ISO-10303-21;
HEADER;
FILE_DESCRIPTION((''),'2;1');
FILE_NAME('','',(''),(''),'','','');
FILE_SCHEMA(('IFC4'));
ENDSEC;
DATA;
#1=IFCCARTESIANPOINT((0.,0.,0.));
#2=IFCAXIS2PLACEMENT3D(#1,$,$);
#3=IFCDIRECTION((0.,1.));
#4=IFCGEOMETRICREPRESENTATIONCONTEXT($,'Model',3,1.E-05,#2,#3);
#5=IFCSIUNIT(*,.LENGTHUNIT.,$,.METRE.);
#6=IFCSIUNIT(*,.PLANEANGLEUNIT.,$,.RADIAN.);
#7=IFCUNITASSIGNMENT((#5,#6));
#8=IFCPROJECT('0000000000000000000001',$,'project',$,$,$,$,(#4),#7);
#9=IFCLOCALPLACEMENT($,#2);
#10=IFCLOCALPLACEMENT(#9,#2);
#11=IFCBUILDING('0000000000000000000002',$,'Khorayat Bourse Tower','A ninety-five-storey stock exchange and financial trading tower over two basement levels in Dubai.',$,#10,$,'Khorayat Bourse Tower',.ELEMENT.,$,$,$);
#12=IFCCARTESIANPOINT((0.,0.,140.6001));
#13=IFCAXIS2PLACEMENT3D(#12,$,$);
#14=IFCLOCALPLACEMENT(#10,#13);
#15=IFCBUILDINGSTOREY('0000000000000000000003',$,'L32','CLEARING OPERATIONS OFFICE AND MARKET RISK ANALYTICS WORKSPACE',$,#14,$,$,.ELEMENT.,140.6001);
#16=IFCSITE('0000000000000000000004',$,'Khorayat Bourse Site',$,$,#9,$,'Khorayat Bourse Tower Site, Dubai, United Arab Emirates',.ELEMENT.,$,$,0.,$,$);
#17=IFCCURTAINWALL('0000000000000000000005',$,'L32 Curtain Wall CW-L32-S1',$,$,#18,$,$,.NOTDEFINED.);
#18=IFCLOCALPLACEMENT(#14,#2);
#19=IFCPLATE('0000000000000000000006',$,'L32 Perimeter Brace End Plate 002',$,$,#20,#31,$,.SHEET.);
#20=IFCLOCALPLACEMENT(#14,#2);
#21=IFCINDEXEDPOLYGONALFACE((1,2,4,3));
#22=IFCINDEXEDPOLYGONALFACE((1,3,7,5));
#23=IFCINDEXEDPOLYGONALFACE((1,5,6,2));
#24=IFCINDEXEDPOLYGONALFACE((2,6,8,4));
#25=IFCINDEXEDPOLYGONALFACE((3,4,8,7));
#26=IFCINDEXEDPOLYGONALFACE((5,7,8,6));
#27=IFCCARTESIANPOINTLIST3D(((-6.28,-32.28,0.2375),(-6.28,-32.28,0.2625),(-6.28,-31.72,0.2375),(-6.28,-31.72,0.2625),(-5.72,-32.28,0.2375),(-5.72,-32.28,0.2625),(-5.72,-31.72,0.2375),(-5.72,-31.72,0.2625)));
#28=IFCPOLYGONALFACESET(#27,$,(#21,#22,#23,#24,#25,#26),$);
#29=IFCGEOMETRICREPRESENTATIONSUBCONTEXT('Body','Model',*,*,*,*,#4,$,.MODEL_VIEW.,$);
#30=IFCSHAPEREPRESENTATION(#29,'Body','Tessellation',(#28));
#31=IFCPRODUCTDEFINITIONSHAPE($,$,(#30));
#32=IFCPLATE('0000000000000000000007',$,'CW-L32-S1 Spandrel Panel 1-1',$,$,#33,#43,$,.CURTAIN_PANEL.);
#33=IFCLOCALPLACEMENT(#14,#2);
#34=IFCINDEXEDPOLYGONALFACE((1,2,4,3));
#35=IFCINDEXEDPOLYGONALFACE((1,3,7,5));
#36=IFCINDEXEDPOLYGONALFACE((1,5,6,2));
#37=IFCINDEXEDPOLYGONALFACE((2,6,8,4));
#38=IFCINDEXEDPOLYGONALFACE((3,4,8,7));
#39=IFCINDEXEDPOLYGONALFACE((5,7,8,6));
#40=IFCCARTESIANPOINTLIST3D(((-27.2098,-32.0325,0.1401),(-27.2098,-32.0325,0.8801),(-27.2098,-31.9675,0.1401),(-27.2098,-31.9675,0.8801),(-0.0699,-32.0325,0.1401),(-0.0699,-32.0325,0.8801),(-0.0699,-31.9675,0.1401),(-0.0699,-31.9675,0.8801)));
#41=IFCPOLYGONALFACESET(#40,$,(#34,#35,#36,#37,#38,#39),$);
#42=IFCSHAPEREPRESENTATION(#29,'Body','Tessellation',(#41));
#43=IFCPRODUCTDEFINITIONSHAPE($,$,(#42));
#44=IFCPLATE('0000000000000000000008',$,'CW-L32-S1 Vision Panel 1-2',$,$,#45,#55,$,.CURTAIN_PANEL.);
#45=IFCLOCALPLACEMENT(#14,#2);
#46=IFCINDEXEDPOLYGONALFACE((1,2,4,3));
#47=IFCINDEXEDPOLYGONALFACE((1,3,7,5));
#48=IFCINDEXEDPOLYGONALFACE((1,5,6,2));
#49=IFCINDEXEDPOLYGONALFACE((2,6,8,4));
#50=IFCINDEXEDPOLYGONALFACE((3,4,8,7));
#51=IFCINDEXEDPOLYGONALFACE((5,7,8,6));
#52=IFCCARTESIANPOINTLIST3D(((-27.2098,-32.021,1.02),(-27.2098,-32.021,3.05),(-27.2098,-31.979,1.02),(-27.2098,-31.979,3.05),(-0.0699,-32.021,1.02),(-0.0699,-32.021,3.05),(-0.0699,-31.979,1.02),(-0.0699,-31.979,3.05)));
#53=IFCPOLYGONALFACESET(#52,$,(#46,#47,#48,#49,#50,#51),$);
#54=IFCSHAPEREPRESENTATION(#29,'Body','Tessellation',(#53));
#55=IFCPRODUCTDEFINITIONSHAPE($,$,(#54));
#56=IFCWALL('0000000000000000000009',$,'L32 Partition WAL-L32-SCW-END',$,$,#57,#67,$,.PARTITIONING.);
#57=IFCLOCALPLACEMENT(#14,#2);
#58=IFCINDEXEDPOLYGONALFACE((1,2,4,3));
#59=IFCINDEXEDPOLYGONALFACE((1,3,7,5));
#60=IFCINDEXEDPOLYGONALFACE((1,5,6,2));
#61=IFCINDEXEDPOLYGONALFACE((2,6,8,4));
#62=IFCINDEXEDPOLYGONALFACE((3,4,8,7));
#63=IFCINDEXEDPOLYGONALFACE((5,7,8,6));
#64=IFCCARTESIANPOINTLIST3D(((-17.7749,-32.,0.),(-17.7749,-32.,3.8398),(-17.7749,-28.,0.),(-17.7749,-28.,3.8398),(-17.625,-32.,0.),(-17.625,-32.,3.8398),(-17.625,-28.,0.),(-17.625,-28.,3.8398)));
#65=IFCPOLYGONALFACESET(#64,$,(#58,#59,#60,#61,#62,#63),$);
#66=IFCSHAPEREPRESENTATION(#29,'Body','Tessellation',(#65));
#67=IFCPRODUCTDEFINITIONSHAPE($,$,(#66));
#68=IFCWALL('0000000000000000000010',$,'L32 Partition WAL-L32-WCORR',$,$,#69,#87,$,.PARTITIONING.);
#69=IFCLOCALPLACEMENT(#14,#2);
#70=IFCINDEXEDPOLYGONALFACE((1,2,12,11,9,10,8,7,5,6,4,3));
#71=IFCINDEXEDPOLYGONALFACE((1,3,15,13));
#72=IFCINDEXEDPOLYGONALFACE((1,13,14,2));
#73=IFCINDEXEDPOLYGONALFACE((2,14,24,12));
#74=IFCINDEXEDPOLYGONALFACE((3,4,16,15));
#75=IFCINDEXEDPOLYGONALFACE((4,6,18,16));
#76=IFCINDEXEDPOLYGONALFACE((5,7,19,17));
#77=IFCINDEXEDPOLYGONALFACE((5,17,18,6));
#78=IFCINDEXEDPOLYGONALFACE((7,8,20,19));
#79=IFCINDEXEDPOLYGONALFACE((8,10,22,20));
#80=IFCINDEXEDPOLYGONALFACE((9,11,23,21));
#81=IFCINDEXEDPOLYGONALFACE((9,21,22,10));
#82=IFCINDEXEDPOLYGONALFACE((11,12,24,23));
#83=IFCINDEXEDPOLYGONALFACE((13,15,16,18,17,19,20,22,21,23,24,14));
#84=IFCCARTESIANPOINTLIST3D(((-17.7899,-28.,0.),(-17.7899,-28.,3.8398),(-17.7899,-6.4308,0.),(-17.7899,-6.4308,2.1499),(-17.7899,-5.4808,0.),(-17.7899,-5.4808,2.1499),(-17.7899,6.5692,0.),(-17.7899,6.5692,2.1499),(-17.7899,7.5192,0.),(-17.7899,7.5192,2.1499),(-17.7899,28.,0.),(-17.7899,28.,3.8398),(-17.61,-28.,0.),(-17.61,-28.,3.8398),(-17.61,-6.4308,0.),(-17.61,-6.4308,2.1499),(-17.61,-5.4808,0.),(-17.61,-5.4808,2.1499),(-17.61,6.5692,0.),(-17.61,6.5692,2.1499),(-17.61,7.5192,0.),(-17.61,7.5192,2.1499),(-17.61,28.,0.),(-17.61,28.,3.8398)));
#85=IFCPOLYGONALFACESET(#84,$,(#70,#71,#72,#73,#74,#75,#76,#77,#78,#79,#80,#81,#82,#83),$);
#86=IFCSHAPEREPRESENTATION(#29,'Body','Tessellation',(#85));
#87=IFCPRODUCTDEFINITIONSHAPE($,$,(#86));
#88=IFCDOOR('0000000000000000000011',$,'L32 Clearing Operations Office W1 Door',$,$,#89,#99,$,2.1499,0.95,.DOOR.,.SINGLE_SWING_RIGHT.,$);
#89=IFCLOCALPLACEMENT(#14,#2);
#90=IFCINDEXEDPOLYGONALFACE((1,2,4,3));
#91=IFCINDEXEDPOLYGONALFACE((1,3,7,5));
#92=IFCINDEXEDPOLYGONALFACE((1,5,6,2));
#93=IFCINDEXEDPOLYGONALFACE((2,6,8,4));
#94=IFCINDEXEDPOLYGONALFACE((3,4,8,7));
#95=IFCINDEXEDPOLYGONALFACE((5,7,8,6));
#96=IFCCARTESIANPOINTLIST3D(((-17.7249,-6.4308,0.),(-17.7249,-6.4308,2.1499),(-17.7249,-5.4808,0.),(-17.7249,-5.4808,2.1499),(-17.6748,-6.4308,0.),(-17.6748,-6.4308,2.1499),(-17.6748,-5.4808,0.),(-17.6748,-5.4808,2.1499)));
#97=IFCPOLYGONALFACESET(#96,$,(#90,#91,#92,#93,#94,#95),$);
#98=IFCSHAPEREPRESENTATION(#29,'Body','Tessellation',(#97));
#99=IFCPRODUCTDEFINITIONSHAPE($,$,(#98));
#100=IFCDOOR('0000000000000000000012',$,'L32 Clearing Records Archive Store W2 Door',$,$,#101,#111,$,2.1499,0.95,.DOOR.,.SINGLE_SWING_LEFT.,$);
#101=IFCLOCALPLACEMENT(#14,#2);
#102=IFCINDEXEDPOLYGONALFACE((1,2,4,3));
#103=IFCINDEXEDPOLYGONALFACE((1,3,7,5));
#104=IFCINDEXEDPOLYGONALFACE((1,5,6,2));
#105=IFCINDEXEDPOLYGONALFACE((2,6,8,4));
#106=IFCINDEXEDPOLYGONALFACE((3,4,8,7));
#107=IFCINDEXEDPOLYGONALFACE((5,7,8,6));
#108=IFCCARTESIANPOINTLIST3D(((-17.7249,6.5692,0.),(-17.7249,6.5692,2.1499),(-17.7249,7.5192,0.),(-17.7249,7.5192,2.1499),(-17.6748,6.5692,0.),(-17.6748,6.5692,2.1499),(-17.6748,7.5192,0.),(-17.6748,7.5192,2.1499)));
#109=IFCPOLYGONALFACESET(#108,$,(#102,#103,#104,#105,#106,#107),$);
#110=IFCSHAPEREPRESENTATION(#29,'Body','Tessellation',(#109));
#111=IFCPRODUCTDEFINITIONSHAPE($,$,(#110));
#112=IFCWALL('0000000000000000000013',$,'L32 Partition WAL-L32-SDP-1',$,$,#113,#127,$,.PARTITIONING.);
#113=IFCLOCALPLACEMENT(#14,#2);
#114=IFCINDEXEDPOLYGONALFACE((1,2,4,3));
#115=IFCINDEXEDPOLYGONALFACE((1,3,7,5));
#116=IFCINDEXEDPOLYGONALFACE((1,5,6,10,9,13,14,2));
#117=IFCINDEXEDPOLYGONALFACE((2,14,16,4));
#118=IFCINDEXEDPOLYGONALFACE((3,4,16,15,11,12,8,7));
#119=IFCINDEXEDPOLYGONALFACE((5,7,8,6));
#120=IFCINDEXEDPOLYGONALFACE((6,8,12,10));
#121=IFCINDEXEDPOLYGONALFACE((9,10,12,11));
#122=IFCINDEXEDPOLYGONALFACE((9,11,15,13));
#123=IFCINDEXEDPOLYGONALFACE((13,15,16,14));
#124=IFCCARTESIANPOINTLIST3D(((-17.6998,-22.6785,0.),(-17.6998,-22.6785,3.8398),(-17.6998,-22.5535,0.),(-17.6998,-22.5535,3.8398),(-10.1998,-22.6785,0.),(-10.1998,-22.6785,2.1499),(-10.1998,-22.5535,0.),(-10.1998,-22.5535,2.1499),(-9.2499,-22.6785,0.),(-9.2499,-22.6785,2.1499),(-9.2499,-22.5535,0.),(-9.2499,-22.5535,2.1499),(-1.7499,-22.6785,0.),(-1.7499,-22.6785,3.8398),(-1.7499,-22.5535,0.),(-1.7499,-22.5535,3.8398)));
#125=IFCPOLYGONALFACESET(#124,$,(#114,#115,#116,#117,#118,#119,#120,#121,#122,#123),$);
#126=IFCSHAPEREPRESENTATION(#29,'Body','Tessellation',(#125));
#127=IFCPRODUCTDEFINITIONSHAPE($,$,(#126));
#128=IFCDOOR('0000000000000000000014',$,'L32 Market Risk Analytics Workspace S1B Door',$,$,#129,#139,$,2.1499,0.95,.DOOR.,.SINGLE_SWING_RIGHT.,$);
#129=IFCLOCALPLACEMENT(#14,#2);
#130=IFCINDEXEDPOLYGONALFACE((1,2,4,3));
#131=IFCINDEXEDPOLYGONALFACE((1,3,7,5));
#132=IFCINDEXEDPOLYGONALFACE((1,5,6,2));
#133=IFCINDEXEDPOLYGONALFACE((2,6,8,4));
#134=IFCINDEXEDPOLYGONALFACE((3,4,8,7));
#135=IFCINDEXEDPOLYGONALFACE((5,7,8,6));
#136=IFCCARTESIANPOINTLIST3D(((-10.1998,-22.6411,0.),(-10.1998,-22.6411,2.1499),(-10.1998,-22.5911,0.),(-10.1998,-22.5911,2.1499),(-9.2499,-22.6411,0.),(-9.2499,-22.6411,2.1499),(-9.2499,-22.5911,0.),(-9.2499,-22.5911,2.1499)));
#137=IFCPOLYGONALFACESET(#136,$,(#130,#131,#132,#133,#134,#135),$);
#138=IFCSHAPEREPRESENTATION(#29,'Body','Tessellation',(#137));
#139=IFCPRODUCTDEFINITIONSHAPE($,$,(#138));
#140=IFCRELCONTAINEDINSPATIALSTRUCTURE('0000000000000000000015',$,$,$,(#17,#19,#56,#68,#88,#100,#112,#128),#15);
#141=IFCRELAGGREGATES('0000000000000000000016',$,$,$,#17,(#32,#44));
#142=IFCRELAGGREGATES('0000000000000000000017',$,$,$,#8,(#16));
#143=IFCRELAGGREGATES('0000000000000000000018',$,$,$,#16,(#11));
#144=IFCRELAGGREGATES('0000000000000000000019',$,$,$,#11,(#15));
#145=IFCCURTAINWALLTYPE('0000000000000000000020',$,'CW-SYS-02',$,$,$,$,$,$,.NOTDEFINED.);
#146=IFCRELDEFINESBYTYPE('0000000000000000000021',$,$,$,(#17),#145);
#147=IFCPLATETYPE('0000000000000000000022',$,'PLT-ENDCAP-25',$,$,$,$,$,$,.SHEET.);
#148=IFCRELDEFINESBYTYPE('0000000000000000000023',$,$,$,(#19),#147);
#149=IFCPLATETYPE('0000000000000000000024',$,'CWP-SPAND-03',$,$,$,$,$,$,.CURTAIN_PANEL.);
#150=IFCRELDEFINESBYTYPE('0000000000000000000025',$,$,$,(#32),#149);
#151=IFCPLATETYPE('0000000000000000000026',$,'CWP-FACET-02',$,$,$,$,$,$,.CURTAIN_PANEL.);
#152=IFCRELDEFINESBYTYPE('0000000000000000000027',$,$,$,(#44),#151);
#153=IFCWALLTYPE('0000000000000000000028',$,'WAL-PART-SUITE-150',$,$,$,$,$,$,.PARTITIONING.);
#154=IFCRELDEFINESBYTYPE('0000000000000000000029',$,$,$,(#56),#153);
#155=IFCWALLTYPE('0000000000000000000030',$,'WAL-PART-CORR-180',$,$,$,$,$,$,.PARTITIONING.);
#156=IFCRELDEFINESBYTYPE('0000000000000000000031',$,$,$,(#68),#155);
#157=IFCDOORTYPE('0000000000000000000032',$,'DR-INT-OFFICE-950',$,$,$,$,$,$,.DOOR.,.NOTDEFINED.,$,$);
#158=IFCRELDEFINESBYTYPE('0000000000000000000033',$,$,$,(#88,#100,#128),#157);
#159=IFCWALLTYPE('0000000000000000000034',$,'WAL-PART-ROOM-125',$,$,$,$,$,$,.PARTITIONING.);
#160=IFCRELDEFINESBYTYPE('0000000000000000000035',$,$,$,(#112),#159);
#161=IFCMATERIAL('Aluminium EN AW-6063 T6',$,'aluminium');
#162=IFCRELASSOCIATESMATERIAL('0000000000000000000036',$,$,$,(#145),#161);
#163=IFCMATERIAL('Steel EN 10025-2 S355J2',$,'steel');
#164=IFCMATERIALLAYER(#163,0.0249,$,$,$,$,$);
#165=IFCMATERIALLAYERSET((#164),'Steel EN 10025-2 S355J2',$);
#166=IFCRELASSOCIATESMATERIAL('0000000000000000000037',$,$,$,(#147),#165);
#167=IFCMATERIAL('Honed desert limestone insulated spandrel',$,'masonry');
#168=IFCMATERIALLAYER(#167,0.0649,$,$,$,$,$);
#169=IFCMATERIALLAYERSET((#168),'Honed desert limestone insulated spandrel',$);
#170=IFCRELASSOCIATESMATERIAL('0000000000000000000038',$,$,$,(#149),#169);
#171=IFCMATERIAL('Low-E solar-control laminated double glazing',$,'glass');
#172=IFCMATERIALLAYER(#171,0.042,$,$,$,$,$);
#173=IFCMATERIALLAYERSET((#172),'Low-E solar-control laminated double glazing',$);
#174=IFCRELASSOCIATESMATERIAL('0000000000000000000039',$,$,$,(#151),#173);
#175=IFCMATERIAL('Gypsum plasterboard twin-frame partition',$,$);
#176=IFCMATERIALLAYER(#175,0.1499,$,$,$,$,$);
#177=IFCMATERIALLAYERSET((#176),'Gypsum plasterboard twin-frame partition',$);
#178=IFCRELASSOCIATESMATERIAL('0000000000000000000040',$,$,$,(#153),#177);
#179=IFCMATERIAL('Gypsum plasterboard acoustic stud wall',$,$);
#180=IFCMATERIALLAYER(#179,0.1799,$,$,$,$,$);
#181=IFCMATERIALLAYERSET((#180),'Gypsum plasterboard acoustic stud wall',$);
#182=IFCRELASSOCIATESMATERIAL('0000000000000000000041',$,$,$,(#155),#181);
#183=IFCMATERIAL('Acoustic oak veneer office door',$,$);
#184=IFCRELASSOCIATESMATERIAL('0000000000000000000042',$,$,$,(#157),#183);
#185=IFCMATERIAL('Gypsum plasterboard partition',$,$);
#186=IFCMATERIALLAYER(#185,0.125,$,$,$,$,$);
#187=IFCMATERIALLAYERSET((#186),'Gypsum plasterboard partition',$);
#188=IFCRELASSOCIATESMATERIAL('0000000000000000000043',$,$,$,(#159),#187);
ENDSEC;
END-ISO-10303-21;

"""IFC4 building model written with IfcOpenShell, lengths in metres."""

from ifc_helpers import new_model, si_unit, direction, frame, frame_2d, origin, origin_2d, place, context, subcontext, project, spatial, rectangle, extrude, source, transform, mapped, material, layer, layer_set, type_object, element, fill, aggregate, save


model = new_model("IFC4")

# Units and contexts
model_context = context("Model", 3, precision=1e-05, world=origin(), true_north=direction((0.0, 1.0)))
body_context = subcontext(model_context, "Body", "Model", "MODEL_VIEW")
ifc_project = project(units=[si_unit("LENGTHUNIT", "METRE"), si_unit("PLANEANGLEUNIT", "RADIAN")], contexts=[model_context])

# Site, building, storey
site_placement = place(None, origin())
site = spatial("IfcSite", under=ifc_project, at=site_placement, Name="Khorayat Bourse Site", LongName="Khorayat Bourse Tower Site, Dubai, United Arab Emirates", CompositionType="ELEMENT", RefElevation=0.0)
building_placement = place(site_placement, origin())
building = spatial("IfcBuilding", under=site, at=building_placement, Name="Khorayat Bourse Tower", Description="A ninety-five-storey stock exchange and financial trading tower over two basement levels in Dubai.", LongName="Khorayat Bourse Tower", CompositionType="ELEMENT")
storey_placement = place(building_placement, frame((0.0, 0.0, 140.6001)))
storey = spatial("IfcBuildingStorey", under=building, at=storey_placement, Name="L32", Description="CLEARING OPERATIONS OFFICE AND MARKET RISK ANALYTICS WORKSPACE", CompositionType="ELEMENT", Elevation=140.6001)

# Curtain wall
ifc_material_1 = material(Name="Aluminium EN AW-6063 T6", Category="aluminium")
curtain_wall_type = type_object("IfcCurtainWallType", Name="CW-SYS-02", PredefinedType="NOTDEFINED", material=ifc_material_1)
curtain_wall_placement = place(storey_placement, origin())
curtain_wall = element("IfcCurtainWall", 1, at=curtain_wall_placement, inside=storey, type_object=curtain_wall_type, Name="L32 Curtain Wall CW-L32-S1", PredefinedType="NOTDEFINED")

# Plate
ifc_material_2 = material(Name="Steel EN 10025-2 S355J2", Category="steel")
ifc_layer_1 = layer(ifc_material_2, 0.0249)
ifc_layer_set_1 = layer_set([ifc_layer_1], Name="Steel EN 10025-2 S355J2")
plate_type_1 = type_object("IfcPlateType", Name="PLT-ENDCAP-25", PredefinedType="SHEET", material=ifc_layer_set_1)
shared_shape_1 = source(origin(), body_context, "Body", "SweptSolid", [
    extrude(rectangle(XDim=0.5601, YDim=0.5601, at=origin_2d()), origin(), (0.0, 0.0, 1.0), 0.0249),
])
for number, where, z_axis, x_axis, name in (
    (2, (-6.0, -32.0, 0.2375), (0.0, 0.0, 1.0), (1.0, 0.0, 0.0), "L32 Perimeter Brace End Plate 002"),
):
    element("IfcPlate", number, at=place(storey_placement, frame(where, z_axis=z_axis, x_axis=x_axis)), inside=storey, type_object=plate_type_1, Name=name, PredefinedType="SHEET", context=body_context, shape_type="MappedRepresentation", body=[
        mapped(shared_shape_1, transform((0.0, 0.0, 0.0), scale=1.0)),
    ])

# Plates
ifc_material_3 = material(Name="Honed desert limestone insulated spandrel", Category="masonry")
ifc_layer_2 = layer(ifc_material_3, 0.0649)
ifc_layer_set_2 = layer_set([ifc_layer_2], Name="Honed desert limestone insulated spandrel")
plate_type_2 = type_object("IfcPlateType", Name="CWP-SPAND-03", PredefinedType="CURTAIN_PANEL", material=ifc_layer_set_2)
shared_shape_2 = source(origin(), body_context, "Body", "SweptSolid", [
    extrude(rectangle(XDim=27.1399, YDim=0.0649, at=origin_2d()), origin(), (0.0, 0.0, 1.0), 0.74),
])
plate_1_placement = place(storey_placement, frame((-13.6399, -32.0, 0.1401), z_axis=(0.0, 0.0, 1.0), x_axis=(1.0, 0.0, 0.0)))
plate_1 = element("IfcPlate", 3, at=plate_1_placement, type_object=plate_type_2, Name="CW-L32-S1 Spandrel Panel 1-1", PredefinedType="CURTAIN_PANEL", context=body_context, shape_type="MappedRepresentation", body=[
    mapped(shared_shape_2, transform((0.0, 0.0, 0.0), scale=1.0)),
])
ifc_material_4 = material(Name="Low-E solar-control laminated double glazing", Category="glass")
ifc_layer_3 = layer(ifc_material_4, 0.042)
ifc_layer_set_3 = layer_set([ifc_layer_3], Name="Low-E solar-control laminated double glazing")
plate_type_3 = type_object("IfcPlateType", Name="CWP-FACET-02", PredefinedType="CURTAIN_PANEL", material=ifc_layer_set_3)
shared_shape_3 = source(origin(), body_context, "Body", "SweptSolid", [
    extrude(rectangle(XDim=27.1399, YDim=0.042, at=origin_2d()), origin(), (0.0, 0.0, 1.0), 2.03),
])
plate_2_placement = place(storey_placement, frame((-13.6399, -32.0, 1.02), z_axis=(0.0, 0.0, 1.0), x_axis=(1.0, 0.0, 0.0)))
plate_2 = element("IfcPlate", 4, at=plate_2_placement, type_object=plate_type_3, Name="CW-L32-S1 Vision Panel 1-2", PredefinedType="CURTAIN_PANEL", context=body_context, shape_type="MappedRepresentation", body=[
    mapped(shared_shape_3, transform((0.0, 0.0, 0.0), scale=1.0)),
])
aggregate(curtain_wall, [plate_1, plate_2])

# Wall
ifc_material_5 = material(Name="Gypsum plasterboard twin-frame partition")
ifc_layer_4 = layer(ifc_material_5, 0.1499)
ifc_layer_set_4 = layer_set([ifc_layer_4], Name="Gypsum plasterboard twin-frame partition")
wall_type_1 = type_object("IfcWallType", Name="WAL-PART-SUITE-150", PredefinedType="PARTITIONING", material=ifc_layer_set_4)
shared_shape_4 = source(origin(), body_context, "Body", "SweptSolid", [
    extrude(rectangle(XDim=4.0, YDim=0.1499, at=frame_2d((2.0, 0.0))), origin(), (0.0, 0.0, 1.0), 3.8398),
])
wall_1_placement = place(storey_placement, frame((-17.7, -32.0, 0.0), z_axis=(0.0, 0.0, 1.0), x_axis=(0.0, 1.0, 0.0)))
element("IfcWall", 5, at=wall_1_placement, inside=storey, type_object=wall_type_1, Name="L32 Partition WAL-L32-SCW-END", PredefinedType="PARTITIONING", context=body_context, shape_type="MappedRepresentation", body=[
    mapped(shared_shape_4, transform((0.0, 0.0, 0.0), scale=1.0)),
])

# Wall, openings, doors
ifc_material_6 = material(Name="Gypsum plasterboard acoustic stud wall")
ifc_layer_5 = layer(ifc_material_6, 0.1799)
ifc_layer_set_5 = layer_set([ifc_layer_5], Name="Gypsum plasterboard acoustic stud wall")
wall_type_2 = type_object("IfcWallType", Name="WAL-PART-CORR-180", PredefinedType="PARTITIONING", material=ifc_layer_set_5)
shared_shape_5 = source(origin(), body_context, "Body", "SweptSolid", [
    extrude(rectangle(XDim=56.0, YDim=0.1799, at=frame_2d((28.0, 0.0))), origin(), (0.0, 0.0, 1.0), 3.8398),
])
wall_2_placement = place(storey_placement, frame((-17.7, -28.0, 0.0), z_axis=(0.0, 0.0, 1.0), x_axis=(0.0, 1.0, 0.0)))
wall_2 = element("IfcWall", 6, at=wall_2_placement, inside=storey, type_object=wall_type_2, Name="L32 Partition WAL-L32-WCORR", PredefinedType="PARTITIONING", context=body_context, shape_type="MappedRepresentation", body=[
    mapped(shared_shape_5, transform((0.0, 0.0, 0.0), scale=1.0)),
])
shared_shape_6 = source(origin(), body_context, "Body", "SweptSolid", [
    extrude(rectangle(XDim=0.95, YDim=2.1499, at=frame_2d((0.4751, 1.075))), frame((0.0, 0.0999, 0.0), z_axis=(0.0, -1.0, 0.0), x_axis=(1.0, 0.0, 0.0)), (0.0, 0.0, 1.0), 0.2),
])
opening_1_placement = place(wall_2_placement, frame((21.5691, 0.0, 0.0)))
opening_1 = element("IfcOpeningElement", 7, at=opening_1_placement, cuts=wall_2, PredefinedType="OPENING", context=body_context, shape_type="MappedRepresentation", body=[
    mapped(shared_shape_6, transform((0.0, 0.0, 0.0), scale=1.0)),
])
opening_2_placement = place(wall_2_placement, frame((34.5691, 0.0, 0.0)))
opening_2 = element("IfcOpeningElement", 8, at=opening_2_placement, cuts=wall_2, PredefinedType="OPENING", context=body_context, shape_type="MappedRepresentation", body=[
    mapped(shared_shape_6, transform((0.0, 0.0, 0.0), scale=1.0)),
])
ifc_material_7 = material(Name="Acoustic oak veneer office door")
door_type = type_object("IfcDoorType", Name="DR-INT-OFFICE-950", OperationType="NOTDEFINED", PredefinedType="DOOR", material=ifc_material_7)
shared_shape_7 = source(origin(), body_context, "Body", "SweptSolid", [
    extrude(rectangle(XDim=0.95, YDim=2.1499, at=frame_2d((0.4751, 1.075))), frame((0.0, 0.0249, 0.0), z_axis=(0.0, -1.0, 0.0), x_axis=(1.0, 0.0, 0.0)), (0.0, 0.0, 1.0), 0.05),
])
door_1_placement = place(opening_1_placement, origin())
door_1 = element("IfcDoor", 9, at=door_1_placement, inside=storey, type_object=door_type, Name="L32 Clearing Operations Office W1 Door", OperationType="SINGLE_SWING_RIGHT", OverallHeight=2.1499, OverallWidth=0.95, PredefinedType="DOOR", context=body_context, shape_type="MappedRepresentation", body=[
    mapped(shared_shape_7, transform((0.0, 0.0, 0.0), scale=1.0)),
])
fill(opening_1, door_1)
door_2_placement = place(opening_2_placement, origin())
door_2 = element("IfcDoor", 10, at=door_2_placement, inside=storey, type_object=door_type, Name="L32 Clearing Records Archive Store W2 Door", OperationType="SINGLE_SWING_LEFT", OverallHeight=2.1499, OverallWidth=0.95, PredefinedType="DOOR", context=body_context, shape_type="MappedRepresentation", body=[
    mapped(shared_shape_7, transform((0.0, 0.0, 0.0), scale=1.0)),
])
fill(opening_2, door_2)

# Wall, opening, door
ifc_material_8 = material(Name="Gypsum plasterboard partition")
ifc_layer_6 = layer(ifc_material_8, 0.125)
ifc_layer_set_6 = layer_set([ifc_layer_6], Name="Gypsum plasterboard partition")
wall_type_3 = type_object("IfcWallType", Name="WAL-PART-ROOM-125", PredefinedType="PARTITIONING", material=ifc_layer_set_6)
shared_shape_8 = source(origin(), body_context, "Body", "SweptSolid", [
    extrude(rectangle(XDim=15.95, YDim=0.125, at=frame_2d((7.9751, 0.0))), origin(), (0.0, 0.0, 1.0), 3.8398),
])
wall_3_placement = place(storey_placement, frame((-17.7, -22.616, 0.0), z_axis=(0.0, 0.0, 1.0), x_axis=(1.0, 0.0, 0.0)))
wall_3 = element("IfcWall", 11, at=wall_3_placement, inside=storey, type_object=wall_type_3, Name="L32 Partition WAL-L32-SDP-1", PredefinedType="PARTITIONING", context=body_context, shape_type="MappedRepresentation", body=[
    mapped(shared_shape_8, transform((0.0, 0.0, 0.0), scale=1.0)),
])
shared_shape_9 = source(origin(), body_context, "Body", "SweptSolid", [
    extrude(rectangle(XDim=0.95, YDim=2.1499, at=frame_2d((0.4751, 1.075))), frame((0.0, 0.0725, 0.0), z_axis=(0.0, -1.0, 0.0), x_axis=(1.0, 0.0, 0.0)), (0.0, 0.0, 1.0), 0.145),
])
opening_3_placement = place(wall_3_placement, frame((7.5, 0.0, 0.0)))
opening_3 = element("IfcOpeningElement", 12, at=opening_3_placement, cuts=wall_3, PredefinedType="OPENING", context=body_context, shape_type="MappedRepresentation", body=[
    mapped(shared_shape_9, transform((0.0, 0.0, 0.0), scale=1.0)),
])
door_3_placement = place(opening_3_placement, origin())
door_3 = element("IfcDoor", 13, at=door_3_placement, inside=storey, type_object=door_type, Name="L32 Market Risk Analytics Workspace S1B Door", OperationType="SINGLE_SWING_RIGHT", OverallHeight=2.1499, OverallWidth=0.95, PredefinedType="DOOR", context=body_context, shape_type="MappedRepresentation", body=[
    mapped(shared_shape_7, transform((0.0, 0.0, 0.0), scale=1.0)),
])
fill(opening_3, door_3)

save(model, "model.ifc")
